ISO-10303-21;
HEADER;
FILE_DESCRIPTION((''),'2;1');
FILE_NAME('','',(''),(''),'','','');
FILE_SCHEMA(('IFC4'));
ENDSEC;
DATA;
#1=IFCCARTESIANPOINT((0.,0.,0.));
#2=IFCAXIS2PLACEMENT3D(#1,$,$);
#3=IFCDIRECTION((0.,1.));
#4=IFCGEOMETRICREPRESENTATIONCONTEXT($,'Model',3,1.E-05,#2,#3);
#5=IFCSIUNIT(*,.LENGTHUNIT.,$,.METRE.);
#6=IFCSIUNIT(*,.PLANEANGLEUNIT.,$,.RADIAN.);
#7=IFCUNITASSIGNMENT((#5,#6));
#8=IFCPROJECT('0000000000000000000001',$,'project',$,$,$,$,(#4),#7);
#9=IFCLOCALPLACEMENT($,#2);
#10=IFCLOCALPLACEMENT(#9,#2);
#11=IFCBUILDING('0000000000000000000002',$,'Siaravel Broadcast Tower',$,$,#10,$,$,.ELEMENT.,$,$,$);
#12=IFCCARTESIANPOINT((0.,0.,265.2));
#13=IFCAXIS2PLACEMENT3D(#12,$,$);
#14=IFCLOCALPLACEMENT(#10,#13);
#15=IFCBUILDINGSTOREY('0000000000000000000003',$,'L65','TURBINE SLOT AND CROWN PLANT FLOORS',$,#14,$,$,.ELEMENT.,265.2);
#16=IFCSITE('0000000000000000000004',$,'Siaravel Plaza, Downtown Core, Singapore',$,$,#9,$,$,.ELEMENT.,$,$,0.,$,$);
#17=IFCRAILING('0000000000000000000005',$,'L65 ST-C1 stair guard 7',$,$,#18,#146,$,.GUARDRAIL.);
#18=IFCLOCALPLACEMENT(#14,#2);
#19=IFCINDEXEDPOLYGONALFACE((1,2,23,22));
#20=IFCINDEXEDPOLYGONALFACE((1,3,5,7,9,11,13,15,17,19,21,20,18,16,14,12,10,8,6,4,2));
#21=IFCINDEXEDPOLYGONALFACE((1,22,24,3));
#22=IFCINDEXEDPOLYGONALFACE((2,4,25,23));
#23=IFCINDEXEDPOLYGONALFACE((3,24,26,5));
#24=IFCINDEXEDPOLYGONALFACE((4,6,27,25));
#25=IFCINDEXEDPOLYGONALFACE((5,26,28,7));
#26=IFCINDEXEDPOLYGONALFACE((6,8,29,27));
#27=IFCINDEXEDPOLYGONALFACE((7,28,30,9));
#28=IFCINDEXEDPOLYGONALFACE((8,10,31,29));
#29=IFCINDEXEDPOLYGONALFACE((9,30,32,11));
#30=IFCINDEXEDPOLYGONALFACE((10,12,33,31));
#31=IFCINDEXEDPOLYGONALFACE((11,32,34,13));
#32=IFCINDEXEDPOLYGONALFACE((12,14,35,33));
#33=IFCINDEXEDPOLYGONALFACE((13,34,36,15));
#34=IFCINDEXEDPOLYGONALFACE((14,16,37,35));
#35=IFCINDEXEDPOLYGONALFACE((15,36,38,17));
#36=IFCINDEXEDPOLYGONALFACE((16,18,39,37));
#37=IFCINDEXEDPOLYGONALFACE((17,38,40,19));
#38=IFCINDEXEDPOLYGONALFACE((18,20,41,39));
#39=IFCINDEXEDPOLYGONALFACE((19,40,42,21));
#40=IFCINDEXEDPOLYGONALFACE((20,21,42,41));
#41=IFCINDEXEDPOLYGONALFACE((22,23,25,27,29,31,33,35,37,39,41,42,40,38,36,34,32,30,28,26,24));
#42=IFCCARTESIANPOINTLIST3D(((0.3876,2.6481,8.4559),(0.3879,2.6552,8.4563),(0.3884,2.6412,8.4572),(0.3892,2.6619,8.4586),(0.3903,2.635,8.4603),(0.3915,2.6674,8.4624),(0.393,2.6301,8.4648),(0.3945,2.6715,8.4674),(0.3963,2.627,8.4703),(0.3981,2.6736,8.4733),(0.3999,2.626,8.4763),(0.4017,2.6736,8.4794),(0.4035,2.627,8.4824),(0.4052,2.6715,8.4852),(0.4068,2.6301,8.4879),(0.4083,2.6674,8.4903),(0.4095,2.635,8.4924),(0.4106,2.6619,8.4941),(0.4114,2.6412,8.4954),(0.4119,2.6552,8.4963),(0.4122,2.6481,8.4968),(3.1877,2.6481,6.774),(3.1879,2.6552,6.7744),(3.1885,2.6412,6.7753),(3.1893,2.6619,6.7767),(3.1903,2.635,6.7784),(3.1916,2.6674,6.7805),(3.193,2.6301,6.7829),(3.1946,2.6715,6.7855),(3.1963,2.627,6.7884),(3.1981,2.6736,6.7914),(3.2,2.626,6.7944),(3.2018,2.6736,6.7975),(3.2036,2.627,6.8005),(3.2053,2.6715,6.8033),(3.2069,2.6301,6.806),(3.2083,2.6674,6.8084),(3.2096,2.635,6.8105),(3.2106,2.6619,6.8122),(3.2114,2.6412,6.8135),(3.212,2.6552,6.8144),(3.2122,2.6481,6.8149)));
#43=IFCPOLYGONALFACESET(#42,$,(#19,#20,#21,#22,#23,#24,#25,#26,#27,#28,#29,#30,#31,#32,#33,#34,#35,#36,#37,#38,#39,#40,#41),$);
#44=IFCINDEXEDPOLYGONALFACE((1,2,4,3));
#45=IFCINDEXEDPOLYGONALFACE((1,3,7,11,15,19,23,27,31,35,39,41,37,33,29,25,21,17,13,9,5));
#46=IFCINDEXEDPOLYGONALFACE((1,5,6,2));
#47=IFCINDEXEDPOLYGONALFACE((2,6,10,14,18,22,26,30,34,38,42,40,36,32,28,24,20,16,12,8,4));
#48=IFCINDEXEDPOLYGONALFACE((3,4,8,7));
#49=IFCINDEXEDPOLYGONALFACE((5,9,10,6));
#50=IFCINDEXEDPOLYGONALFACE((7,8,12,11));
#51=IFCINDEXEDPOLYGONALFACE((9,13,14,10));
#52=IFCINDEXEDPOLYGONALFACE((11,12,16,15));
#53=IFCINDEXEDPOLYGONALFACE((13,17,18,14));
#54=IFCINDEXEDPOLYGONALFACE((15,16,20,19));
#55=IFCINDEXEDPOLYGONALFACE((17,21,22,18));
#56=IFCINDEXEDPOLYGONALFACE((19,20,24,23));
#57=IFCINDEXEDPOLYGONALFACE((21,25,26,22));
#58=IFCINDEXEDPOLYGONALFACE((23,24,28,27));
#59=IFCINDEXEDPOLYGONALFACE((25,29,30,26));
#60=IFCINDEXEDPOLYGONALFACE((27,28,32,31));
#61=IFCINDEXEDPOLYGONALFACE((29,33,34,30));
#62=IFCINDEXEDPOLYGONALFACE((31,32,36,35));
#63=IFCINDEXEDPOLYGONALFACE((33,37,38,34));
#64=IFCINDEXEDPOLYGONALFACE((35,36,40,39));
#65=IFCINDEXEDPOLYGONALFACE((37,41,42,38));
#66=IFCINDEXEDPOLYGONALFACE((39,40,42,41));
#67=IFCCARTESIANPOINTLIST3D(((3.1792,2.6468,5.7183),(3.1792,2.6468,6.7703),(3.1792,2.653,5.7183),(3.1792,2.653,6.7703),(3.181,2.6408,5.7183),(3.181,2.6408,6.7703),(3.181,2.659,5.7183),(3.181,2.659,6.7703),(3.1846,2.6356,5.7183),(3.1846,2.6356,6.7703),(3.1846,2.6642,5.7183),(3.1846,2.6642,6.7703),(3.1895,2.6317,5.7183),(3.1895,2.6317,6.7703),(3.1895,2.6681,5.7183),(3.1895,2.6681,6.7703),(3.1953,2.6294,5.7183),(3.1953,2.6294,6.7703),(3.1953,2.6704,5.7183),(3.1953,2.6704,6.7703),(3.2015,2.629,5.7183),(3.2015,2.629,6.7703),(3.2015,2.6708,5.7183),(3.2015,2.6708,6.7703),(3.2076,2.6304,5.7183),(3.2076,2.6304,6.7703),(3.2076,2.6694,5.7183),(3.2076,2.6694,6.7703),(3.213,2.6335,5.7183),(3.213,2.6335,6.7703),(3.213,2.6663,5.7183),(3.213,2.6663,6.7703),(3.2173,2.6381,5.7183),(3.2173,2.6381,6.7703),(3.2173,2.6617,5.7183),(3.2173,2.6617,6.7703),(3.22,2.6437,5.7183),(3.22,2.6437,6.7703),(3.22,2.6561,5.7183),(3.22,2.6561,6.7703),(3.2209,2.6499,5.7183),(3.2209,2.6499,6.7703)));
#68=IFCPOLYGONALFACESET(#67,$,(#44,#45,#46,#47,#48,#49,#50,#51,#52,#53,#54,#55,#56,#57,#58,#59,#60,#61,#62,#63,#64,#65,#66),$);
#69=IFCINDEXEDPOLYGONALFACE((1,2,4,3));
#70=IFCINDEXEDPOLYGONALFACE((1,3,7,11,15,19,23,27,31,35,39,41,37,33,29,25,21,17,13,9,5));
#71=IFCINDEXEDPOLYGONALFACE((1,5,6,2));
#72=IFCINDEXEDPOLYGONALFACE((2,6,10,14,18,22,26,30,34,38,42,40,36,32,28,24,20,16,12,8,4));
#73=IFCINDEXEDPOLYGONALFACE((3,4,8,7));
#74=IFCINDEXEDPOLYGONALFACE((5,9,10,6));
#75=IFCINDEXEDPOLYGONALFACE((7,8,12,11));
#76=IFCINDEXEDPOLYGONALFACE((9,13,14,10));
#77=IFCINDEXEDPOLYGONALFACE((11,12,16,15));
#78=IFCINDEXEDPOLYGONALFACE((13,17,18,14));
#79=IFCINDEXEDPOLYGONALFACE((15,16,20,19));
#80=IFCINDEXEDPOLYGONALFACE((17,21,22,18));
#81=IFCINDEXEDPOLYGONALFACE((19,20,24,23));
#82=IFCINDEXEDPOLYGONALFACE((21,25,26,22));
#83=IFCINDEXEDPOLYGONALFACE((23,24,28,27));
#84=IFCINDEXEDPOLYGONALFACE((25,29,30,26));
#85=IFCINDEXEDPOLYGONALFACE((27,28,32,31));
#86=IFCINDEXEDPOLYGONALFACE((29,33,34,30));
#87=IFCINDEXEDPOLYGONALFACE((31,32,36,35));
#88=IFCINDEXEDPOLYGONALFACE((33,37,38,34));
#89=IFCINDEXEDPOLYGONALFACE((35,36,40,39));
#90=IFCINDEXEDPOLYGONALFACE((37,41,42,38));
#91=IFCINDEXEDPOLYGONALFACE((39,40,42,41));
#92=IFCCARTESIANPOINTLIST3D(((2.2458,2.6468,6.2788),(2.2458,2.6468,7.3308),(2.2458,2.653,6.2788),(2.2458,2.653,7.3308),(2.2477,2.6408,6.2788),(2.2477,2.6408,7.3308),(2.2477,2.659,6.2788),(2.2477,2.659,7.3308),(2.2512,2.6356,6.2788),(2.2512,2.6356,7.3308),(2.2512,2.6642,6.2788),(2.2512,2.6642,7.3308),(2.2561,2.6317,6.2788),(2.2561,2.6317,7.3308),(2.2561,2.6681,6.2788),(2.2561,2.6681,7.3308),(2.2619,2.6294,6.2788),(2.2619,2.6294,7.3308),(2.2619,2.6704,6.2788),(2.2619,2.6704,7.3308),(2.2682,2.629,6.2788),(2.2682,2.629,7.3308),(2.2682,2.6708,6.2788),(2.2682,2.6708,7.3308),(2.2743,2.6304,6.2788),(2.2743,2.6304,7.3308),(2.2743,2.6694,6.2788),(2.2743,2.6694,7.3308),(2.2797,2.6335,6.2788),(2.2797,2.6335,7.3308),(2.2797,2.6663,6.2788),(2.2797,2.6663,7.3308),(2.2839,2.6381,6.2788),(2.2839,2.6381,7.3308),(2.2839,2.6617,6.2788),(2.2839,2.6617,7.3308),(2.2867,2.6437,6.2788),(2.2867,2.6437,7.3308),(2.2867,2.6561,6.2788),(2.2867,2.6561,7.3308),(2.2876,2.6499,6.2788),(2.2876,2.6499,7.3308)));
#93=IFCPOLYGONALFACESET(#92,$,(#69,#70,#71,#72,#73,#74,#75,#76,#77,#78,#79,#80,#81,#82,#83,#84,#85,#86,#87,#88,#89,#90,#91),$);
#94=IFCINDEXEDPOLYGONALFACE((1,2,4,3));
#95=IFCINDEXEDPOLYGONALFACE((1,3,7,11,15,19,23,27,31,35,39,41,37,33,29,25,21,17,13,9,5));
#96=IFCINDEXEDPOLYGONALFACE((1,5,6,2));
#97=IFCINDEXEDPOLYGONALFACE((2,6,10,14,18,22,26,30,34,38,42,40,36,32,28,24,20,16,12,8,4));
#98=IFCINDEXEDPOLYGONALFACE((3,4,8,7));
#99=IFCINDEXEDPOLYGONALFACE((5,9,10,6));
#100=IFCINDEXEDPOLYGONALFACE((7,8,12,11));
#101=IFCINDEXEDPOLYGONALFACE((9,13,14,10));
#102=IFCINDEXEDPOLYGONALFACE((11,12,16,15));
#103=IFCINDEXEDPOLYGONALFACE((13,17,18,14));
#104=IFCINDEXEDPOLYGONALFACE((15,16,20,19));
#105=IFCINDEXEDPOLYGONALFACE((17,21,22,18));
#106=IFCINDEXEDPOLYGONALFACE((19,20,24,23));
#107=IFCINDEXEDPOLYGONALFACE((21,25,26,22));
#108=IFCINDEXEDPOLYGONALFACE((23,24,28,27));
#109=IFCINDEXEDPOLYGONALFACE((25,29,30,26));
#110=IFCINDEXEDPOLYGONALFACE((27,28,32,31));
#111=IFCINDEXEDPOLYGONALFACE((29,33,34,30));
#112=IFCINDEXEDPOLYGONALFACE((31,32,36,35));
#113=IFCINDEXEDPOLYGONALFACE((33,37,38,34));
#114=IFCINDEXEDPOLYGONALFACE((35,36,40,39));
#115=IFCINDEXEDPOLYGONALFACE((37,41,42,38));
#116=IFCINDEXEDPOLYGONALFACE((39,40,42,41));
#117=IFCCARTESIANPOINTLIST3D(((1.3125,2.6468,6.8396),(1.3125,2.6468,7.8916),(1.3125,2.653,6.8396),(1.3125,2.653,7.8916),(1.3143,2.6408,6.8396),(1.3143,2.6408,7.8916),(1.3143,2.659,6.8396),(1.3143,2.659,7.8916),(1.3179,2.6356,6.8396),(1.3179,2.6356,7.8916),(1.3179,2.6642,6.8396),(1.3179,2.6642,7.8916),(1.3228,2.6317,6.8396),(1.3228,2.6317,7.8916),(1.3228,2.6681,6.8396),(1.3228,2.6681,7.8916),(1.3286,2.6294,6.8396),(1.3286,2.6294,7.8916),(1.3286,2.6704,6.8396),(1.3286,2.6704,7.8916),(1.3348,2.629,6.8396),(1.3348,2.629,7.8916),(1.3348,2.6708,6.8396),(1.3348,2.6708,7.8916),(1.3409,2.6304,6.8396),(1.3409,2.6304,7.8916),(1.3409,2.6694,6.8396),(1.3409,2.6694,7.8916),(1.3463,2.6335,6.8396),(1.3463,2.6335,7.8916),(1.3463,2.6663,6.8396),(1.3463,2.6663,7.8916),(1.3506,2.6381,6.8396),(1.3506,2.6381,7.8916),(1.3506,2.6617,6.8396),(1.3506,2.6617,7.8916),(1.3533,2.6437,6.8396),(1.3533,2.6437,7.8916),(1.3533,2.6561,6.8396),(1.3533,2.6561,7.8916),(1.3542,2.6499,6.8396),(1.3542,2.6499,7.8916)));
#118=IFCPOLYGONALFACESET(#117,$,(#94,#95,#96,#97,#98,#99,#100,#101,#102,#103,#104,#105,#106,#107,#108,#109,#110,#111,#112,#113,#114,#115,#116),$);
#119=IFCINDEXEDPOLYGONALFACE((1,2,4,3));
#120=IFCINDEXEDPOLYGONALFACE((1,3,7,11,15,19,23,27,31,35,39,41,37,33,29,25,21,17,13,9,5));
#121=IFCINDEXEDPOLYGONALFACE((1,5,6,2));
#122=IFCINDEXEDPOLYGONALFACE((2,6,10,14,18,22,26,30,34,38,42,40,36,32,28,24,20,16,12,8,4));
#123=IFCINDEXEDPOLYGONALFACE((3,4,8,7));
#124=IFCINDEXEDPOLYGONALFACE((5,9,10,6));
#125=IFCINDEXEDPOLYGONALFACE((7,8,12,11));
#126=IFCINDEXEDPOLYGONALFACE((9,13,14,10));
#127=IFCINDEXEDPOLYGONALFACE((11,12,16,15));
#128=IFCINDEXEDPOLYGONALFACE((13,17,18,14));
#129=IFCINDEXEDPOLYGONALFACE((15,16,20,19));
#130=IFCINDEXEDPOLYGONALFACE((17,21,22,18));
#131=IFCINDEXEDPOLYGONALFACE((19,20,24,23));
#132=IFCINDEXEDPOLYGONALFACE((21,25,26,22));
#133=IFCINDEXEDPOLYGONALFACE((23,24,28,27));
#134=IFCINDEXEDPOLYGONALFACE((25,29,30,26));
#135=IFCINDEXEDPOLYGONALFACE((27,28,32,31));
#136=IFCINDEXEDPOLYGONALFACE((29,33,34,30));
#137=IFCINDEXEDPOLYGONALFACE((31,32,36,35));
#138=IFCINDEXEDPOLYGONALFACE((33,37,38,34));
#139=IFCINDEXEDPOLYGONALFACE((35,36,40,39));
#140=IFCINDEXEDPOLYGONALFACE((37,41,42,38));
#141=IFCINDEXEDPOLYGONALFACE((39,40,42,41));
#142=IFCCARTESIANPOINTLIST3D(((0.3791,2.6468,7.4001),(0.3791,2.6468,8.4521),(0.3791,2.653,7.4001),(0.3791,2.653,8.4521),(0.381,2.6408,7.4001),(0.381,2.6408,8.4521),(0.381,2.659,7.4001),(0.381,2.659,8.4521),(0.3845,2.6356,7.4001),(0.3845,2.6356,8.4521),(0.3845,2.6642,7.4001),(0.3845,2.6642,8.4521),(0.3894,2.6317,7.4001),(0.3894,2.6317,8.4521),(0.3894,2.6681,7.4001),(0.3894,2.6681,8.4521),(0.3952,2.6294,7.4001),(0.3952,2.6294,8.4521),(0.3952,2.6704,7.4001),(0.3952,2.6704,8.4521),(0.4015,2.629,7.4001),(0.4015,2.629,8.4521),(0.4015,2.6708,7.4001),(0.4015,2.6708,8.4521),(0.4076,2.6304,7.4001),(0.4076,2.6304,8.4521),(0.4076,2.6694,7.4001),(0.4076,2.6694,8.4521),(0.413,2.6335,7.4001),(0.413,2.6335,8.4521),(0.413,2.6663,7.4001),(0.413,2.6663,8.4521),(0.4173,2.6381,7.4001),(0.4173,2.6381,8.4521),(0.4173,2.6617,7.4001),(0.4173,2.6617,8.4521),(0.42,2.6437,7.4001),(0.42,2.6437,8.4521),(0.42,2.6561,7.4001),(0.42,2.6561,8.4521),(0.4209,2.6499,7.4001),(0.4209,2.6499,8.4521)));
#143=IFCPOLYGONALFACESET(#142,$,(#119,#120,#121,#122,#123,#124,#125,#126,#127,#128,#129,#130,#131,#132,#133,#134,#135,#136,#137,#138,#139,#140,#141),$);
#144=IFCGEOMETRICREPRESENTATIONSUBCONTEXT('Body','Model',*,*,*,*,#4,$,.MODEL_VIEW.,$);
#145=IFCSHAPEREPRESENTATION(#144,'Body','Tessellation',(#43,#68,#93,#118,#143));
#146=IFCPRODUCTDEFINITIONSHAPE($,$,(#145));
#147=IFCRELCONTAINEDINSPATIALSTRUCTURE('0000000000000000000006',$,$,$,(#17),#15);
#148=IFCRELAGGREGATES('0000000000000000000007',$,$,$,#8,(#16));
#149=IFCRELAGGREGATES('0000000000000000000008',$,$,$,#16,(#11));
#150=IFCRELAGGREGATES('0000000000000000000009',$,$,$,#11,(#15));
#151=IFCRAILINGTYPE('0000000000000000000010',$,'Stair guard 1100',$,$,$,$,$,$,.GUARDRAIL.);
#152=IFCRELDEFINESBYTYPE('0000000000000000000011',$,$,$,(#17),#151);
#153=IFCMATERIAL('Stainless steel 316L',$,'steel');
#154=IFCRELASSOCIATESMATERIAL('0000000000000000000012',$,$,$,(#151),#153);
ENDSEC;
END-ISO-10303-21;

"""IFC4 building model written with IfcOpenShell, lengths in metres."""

from ifc_helpers import new_model, si_unit, direction, frame, origin, origin_2d, place, context, subcontext, project, spatial, circle, extrude, material, type_object, element, save


model = new_model("IFC4")

# Units and contexts
model_context = context("Model", 3, precision=1e-05, world=origin(), true_north=direction((0.0, 1.0)))
body_context = subcontext(model_context, "Body", "Model", "MODEL_VIEW")
ifc_project = project(units=[si_unit("LENGTHUNIT", "METRE"), si_unit("PLANEANGLEUNIT", "RADIAN")], contexts=[model_context])

# Site, building, storey
site_placement = place(None, origin())
site = spatial("IfcSite", under=ifc_project, at=site_placement, Name="Siaravel Plaza, Downtown Core, Singapore", CompositionType="ELEMENT", RefElevation=0.0)
building_placement = place(site_placement, origin())
building = spatial("IfcBuilding", under=site, at=building_placement, Name="Siaravel Broadcast Tower", CompositionType="ELEMENT")
storey_placement = place(building_placement, frame((0.0, 0.0, 265.2)))
storey = spatial("IfcBuildingStorey", under=building, at=storey_placement, Name="L65", Description="TURBINE SLOT AND CROWN PLANT FLOORS", CompositionType="ELEMENT", Elevation=265.2)

# Railing
ifc_material_1 = material(Name="Stainless steel 316L", Category="steel")
railing_type_1 = type_object("IfcRailingType", Name="Stair guard 1100", PredefinedType="GUARDRAIL", material=ifc_material_1)
railing_1_placement = place(storey_placement, frame((3.2, 2.6499, 5.7183)))
element("IfcRailing", 1, at=railing_1_placement, inside=storey, type_object=railing_type_1, Name="L65 ST-C1 stair guard 7", PredefinedType="GUARDRAIL", context=body_context, shape_type="SweptSolid", body=[
    extrude(circle(Radius=0.0239, at=origin_2d()), frame((0.0, 0.0, 1.0762), z_axis=(-0.857242, 0.0, 0.514913), x_axis=(0.0, -1.0, 0.0)), (0.0, 0.0, 1.0), 3.2664),
    extrude(circle(Radius=0.021, at=origin_2d()), origin(), (0.0, 0.0, 1.0), 1.052),
    extrude(circle(Radius=0.021, at=origin_2d()), frame((-0.9333, 0.0, 0.5605)), (0.0, 0.0, 1.0), 1.052),
    extrude(circle(Radius=0.021, at=origin_2d()), frame((-1.8667, 0.0, 1.1213)), (0.0, 0.0, 1.0), 1.052),
    extrude(circle(Radius=0.021, at=origin_2d()), frame((-2.8, 0.0, 1.6819)), (0.0, 0.0, 1.0), 1.052),
])

save(model, "model.ifc")
